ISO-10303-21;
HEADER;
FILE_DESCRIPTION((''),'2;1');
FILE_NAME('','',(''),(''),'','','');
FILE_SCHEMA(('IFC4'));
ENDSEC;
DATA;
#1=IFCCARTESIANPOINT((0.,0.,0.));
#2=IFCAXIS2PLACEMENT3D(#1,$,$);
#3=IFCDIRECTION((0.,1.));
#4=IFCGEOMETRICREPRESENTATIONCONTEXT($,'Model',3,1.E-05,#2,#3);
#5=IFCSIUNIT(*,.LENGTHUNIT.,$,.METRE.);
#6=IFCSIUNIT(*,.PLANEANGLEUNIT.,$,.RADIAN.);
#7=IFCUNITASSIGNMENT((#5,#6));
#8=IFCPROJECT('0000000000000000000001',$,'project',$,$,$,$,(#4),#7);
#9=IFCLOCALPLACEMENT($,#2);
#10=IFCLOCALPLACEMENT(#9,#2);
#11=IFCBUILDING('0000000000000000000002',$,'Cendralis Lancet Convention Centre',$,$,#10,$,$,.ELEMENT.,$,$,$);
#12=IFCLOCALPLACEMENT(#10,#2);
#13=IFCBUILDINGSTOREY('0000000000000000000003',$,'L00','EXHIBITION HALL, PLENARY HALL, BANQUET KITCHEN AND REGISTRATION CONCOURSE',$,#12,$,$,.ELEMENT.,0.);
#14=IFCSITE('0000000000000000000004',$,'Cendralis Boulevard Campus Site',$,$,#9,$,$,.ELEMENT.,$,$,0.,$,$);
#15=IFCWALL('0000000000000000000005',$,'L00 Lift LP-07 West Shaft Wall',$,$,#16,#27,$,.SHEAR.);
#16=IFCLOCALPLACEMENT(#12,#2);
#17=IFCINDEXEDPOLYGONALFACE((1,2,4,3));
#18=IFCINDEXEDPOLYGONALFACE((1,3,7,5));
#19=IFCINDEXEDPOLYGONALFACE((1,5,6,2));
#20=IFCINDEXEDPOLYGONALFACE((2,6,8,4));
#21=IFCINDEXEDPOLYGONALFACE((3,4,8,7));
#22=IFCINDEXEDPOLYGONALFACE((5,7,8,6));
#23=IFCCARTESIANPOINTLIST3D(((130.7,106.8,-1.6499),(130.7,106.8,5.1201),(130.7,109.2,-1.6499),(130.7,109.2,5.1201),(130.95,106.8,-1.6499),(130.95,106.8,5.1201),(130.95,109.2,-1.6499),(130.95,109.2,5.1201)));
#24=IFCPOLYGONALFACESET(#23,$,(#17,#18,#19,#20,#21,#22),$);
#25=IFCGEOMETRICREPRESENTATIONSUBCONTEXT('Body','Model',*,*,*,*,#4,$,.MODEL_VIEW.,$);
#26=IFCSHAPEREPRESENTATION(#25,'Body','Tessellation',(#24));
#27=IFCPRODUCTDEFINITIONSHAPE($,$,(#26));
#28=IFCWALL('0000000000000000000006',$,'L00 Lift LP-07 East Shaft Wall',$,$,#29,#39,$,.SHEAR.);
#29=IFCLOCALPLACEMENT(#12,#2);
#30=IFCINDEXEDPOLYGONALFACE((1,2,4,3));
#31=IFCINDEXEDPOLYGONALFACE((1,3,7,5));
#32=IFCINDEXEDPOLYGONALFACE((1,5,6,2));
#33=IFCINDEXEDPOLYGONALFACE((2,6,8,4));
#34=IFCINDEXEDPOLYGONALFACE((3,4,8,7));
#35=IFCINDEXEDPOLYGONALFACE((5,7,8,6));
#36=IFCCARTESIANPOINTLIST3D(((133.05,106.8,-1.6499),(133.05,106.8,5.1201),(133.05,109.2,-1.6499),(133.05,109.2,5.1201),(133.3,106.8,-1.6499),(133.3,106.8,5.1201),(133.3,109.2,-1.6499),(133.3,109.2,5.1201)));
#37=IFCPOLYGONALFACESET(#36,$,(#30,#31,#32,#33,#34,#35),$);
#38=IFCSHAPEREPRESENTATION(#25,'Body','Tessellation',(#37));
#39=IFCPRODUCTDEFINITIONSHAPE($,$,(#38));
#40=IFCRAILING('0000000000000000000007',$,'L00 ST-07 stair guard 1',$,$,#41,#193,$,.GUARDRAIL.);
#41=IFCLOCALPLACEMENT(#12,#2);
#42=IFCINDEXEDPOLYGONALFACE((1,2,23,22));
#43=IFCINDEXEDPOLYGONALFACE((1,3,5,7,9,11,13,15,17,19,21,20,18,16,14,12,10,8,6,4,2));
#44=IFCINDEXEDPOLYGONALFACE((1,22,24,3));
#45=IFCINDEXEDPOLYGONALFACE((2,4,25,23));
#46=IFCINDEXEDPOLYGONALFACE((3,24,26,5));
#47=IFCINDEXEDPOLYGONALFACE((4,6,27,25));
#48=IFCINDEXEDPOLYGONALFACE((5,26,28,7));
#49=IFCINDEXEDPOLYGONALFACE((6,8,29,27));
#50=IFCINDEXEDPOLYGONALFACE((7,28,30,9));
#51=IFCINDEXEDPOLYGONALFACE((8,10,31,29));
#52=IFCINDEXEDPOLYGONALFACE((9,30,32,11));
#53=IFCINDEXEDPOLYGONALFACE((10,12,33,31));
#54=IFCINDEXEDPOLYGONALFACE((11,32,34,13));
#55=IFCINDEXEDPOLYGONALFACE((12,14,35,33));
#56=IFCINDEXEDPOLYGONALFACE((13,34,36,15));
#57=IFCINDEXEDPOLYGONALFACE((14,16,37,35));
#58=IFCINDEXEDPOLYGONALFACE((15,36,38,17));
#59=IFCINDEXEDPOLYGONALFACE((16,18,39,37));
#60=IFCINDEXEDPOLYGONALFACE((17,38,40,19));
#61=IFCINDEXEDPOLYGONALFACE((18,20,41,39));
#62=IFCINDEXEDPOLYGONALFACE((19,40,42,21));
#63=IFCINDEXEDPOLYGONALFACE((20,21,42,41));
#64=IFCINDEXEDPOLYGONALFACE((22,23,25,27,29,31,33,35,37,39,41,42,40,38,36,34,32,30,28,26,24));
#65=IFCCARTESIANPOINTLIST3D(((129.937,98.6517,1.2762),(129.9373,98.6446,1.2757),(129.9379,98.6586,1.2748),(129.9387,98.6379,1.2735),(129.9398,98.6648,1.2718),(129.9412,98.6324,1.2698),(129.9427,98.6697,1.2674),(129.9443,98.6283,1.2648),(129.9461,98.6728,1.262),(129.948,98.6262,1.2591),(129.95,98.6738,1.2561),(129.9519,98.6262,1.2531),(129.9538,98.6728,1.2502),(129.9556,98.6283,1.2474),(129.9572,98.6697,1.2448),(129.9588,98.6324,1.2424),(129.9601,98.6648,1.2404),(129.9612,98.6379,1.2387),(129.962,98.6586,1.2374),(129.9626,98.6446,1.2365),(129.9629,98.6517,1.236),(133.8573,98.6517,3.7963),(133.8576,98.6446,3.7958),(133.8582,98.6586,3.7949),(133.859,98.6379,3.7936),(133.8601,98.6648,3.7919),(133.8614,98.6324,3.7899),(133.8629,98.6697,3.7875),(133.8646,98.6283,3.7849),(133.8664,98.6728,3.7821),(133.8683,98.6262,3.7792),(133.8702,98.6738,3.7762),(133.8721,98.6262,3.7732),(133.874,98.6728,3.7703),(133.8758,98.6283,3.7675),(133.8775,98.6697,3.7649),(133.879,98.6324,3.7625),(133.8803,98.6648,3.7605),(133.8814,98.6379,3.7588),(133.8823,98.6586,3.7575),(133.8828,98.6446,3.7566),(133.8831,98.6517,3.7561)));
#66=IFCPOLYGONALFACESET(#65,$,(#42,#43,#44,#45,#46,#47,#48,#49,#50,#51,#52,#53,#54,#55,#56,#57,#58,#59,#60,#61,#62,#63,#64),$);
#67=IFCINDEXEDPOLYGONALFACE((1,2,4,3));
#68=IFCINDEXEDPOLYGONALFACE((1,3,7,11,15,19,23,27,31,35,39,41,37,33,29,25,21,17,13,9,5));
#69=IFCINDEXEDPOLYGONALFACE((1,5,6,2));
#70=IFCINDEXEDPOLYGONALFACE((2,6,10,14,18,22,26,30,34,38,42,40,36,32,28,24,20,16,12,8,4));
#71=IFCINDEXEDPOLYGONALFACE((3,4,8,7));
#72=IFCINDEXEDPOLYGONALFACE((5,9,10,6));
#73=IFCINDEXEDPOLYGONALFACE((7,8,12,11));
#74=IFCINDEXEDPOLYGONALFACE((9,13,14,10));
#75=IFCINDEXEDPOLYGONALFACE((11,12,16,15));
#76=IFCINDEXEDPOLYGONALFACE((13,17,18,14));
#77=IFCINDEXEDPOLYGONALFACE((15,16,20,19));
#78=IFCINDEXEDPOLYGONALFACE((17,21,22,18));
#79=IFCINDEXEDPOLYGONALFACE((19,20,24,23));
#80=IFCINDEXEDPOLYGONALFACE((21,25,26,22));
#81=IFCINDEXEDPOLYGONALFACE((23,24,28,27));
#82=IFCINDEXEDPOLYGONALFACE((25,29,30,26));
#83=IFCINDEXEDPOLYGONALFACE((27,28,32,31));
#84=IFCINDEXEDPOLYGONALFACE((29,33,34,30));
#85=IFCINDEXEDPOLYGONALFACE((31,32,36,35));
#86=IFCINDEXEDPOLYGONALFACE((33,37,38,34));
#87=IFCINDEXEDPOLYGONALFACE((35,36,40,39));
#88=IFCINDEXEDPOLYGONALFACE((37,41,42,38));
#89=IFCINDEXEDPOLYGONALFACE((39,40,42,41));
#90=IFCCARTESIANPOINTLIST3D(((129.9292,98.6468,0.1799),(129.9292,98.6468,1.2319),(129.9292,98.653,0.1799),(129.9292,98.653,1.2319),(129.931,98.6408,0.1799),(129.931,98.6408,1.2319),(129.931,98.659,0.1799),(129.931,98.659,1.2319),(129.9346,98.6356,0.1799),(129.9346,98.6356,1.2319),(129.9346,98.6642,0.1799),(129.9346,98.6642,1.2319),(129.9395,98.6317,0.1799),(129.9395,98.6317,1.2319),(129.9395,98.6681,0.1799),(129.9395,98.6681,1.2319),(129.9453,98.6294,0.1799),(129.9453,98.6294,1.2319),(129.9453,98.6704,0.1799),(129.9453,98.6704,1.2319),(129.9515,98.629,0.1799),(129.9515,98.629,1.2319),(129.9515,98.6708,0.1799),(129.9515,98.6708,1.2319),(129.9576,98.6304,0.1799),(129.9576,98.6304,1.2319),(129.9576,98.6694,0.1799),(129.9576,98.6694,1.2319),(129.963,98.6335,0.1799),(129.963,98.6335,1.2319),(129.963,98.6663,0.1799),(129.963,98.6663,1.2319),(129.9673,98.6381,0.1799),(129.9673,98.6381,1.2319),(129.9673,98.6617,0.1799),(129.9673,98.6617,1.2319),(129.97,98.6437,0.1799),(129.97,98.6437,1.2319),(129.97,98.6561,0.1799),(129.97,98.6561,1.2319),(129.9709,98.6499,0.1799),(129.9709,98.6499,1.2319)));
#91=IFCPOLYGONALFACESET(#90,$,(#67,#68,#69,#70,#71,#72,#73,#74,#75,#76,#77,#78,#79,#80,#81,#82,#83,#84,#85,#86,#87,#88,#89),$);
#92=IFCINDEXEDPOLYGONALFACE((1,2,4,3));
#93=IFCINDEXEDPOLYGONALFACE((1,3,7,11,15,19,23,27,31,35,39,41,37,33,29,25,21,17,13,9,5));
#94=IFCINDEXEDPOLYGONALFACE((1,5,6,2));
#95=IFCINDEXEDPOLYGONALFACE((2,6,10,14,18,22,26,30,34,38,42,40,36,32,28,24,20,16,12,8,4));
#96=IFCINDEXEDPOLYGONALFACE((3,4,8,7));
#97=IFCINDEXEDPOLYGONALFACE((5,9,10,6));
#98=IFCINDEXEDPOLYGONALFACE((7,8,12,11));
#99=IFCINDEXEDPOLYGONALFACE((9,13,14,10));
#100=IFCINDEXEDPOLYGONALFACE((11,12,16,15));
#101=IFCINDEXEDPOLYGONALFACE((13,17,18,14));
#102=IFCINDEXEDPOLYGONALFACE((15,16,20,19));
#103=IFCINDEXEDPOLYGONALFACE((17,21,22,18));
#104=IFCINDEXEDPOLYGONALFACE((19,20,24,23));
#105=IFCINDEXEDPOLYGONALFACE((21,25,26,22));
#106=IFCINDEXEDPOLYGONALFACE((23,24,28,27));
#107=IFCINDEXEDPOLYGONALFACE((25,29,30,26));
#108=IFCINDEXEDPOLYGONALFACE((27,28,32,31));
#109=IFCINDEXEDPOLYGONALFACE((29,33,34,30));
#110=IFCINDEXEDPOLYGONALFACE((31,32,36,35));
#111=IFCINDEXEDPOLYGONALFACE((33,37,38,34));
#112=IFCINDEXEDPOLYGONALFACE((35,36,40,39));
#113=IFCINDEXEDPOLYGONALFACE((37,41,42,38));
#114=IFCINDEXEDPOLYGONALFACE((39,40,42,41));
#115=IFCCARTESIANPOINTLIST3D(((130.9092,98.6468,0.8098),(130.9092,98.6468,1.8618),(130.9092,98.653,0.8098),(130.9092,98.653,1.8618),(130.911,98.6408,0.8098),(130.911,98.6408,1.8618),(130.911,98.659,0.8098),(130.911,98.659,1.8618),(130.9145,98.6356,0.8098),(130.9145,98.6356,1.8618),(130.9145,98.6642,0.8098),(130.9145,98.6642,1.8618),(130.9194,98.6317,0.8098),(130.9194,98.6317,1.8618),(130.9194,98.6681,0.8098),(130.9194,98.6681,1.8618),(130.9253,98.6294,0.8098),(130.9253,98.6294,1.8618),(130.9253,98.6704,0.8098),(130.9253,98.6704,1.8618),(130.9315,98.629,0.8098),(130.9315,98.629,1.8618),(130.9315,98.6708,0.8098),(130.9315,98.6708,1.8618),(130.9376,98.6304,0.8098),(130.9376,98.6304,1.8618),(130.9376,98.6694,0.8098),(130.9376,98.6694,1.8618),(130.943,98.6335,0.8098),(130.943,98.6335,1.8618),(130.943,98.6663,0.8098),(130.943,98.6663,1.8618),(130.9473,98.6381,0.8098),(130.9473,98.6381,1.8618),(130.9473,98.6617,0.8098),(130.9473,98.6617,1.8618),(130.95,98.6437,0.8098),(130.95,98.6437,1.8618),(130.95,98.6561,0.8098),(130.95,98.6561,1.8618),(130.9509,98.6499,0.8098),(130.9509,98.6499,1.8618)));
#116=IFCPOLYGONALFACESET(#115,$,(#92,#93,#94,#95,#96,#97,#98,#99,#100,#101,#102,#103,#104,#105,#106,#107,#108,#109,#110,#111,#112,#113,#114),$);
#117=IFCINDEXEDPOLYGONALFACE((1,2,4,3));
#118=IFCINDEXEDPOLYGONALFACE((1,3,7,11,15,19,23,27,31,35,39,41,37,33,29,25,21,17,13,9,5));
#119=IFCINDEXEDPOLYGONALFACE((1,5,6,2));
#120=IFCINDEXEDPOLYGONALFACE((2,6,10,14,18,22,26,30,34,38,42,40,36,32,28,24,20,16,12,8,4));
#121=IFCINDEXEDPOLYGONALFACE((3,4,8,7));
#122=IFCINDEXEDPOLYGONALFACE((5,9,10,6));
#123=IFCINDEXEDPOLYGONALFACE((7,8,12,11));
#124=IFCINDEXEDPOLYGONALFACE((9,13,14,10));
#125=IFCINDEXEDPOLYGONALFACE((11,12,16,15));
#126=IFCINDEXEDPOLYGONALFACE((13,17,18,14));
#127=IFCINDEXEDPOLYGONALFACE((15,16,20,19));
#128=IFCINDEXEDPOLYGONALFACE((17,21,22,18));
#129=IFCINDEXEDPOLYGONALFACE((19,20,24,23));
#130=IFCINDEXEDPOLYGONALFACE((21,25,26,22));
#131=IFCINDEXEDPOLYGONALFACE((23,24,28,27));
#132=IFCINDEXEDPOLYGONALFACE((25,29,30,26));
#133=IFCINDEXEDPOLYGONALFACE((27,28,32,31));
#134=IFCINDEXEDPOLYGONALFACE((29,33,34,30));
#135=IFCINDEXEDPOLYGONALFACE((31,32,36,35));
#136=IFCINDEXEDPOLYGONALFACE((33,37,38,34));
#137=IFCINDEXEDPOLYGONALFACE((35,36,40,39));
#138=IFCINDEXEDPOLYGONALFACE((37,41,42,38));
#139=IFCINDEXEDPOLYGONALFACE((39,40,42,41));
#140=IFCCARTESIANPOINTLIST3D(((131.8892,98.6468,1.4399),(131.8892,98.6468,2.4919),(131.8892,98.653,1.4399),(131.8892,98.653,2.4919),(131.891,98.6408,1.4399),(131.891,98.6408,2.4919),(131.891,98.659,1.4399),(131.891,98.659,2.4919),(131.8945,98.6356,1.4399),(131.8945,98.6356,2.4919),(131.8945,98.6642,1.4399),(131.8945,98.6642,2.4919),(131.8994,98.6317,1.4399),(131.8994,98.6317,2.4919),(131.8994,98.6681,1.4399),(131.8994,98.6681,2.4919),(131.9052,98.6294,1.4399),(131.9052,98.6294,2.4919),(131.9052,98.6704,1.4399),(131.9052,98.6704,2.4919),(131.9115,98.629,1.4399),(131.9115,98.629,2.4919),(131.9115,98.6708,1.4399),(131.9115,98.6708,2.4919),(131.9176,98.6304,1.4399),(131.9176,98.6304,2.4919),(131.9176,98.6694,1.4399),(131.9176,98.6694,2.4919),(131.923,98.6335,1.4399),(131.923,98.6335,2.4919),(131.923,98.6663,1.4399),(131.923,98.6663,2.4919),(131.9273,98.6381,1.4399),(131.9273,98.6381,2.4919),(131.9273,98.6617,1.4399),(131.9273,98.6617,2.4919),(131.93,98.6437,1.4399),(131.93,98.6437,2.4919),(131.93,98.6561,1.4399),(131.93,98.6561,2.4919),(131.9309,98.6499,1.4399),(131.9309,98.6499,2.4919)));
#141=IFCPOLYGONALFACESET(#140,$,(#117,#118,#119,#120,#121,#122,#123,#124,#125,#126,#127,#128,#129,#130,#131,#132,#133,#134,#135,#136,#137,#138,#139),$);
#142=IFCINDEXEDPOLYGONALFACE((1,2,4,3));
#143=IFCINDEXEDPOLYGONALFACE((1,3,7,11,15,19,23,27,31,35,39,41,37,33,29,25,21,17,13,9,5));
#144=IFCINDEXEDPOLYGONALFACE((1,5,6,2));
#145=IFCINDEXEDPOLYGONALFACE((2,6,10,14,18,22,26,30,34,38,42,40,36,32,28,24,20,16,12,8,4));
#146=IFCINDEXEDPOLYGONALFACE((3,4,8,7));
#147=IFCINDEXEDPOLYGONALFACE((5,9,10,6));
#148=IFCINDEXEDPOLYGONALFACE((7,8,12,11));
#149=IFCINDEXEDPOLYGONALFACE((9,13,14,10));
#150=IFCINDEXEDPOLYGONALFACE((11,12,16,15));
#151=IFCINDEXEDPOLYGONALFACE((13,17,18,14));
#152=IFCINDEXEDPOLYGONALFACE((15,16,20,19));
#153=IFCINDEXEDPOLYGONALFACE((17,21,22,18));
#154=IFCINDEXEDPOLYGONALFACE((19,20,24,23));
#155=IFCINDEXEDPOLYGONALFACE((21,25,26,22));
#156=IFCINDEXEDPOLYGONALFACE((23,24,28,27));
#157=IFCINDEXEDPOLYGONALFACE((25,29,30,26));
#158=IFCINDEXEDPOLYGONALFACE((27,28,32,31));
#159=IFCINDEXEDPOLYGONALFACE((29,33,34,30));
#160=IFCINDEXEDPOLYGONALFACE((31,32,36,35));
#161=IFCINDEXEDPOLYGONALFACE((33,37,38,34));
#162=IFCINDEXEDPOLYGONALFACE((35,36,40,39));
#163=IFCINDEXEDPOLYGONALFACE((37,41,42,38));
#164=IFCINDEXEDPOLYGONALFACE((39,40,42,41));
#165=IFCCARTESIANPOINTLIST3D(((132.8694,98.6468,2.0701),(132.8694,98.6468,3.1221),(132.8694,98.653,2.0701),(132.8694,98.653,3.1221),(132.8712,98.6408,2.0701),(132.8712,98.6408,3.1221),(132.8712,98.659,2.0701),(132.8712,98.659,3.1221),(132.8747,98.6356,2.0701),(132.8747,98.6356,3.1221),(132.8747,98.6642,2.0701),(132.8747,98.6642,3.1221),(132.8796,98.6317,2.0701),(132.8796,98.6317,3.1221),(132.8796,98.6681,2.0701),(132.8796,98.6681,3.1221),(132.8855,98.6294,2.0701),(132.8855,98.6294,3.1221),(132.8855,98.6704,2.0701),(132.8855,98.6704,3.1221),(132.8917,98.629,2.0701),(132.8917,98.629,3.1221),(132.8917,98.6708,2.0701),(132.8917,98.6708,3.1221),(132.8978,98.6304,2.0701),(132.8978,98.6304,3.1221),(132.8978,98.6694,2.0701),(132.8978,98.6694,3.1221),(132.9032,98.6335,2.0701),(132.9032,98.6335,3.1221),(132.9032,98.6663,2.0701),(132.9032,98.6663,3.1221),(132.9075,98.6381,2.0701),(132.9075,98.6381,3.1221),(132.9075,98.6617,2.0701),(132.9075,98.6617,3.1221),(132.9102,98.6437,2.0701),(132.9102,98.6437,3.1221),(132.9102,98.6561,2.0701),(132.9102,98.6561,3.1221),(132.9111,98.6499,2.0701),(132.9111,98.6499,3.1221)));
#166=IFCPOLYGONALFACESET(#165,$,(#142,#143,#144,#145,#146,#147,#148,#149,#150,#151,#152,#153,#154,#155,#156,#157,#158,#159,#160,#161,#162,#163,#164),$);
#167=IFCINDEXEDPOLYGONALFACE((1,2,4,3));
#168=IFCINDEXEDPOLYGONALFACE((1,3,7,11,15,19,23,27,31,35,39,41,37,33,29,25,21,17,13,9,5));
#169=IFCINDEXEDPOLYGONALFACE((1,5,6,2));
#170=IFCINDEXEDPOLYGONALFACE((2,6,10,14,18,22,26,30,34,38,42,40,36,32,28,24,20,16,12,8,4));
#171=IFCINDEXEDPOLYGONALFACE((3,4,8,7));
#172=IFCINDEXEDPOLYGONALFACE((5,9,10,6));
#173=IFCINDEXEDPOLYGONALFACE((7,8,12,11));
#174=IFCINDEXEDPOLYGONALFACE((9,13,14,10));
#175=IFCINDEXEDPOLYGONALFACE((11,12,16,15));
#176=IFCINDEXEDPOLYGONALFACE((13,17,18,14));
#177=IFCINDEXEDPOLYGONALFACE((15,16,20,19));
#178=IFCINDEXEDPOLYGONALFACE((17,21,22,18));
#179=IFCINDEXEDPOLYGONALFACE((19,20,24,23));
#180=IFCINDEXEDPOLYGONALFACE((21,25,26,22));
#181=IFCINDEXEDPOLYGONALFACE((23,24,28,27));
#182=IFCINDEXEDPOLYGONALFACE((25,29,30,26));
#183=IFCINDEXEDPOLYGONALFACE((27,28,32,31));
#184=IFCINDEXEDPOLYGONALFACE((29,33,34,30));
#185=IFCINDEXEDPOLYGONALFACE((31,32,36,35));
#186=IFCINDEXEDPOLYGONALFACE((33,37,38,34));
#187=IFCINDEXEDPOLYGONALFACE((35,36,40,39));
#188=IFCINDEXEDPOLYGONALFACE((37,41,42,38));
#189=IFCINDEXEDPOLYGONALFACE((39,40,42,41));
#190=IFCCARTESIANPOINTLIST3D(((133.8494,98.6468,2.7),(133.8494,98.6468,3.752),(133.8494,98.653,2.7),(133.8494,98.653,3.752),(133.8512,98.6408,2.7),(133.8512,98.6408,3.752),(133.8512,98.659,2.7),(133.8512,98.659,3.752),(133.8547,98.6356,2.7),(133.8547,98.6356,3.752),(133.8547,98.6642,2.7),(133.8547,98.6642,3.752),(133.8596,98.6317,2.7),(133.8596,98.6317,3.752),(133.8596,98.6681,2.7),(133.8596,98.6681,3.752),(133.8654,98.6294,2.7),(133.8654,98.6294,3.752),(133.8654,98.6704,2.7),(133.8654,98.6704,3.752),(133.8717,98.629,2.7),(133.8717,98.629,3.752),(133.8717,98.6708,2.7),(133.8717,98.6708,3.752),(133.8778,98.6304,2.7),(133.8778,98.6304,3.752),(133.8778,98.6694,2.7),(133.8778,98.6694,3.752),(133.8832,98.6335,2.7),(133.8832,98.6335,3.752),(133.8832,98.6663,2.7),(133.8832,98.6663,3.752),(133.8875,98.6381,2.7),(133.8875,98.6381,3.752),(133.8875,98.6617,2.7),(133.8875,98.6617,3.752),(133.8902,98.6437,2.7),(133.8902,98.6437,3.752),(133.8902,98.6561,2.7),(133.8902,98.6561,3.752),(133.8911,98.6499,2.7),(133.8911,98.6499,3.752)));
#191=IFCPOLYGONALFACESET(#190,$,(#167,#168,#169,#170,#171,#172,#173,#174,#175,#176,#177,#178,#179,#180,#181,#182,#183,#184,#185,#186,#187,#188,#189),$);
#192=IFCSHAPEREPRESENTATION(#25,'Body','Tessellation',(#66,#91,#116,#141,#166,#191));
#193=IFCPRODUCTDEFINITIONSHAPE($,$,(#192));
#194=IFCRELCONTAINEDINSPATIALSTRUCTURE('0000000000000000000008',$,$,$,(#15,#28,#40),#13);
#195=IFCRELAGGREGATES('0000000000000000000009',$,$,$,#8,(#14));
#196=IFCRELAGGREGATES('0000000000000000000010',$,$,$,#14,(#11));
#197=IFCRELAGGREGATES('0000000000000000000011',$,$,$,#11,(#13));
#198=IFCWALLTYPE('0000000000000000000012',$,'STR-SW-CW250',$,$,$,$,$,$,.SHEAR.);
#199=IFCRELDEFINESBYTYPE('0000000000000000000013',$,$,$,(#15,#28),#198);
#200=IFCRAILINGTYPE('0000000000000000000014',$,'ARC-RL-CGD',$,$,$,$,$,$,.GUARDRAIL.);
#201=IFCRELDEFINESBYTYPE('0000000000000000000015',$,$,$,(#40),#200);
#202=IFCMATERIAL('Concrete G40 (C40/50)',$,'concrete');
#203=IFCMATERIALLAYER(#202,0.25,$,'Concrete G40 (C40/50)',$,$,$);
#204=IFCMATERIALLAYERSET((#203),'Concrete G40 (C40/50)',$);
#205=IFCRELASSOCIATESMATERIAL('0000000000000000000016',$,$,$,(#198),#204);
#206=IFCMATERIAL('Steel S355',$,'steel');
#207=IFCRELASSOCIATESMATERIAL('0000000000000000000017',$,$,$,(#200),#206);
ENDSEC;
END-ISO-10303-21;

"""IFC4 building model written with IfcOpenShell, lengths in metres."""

from ifc_helpers import new_model, si_unit, direction, frame, frame_2d, origin, origin_2d, place, context, subcontext, project, spatial, rectangle, circle, extrude, material, layer, layer_set, type_object, element, save


model = new_model("IFC4")

# Units and contexts
model_context = context("Model", 3, precision=1e-05, world=origin(), true_north=direction((0.0, 1.0)))
body_context = subcontext(model_context, "Body", "Model", "MODEL_VIEW")
ifc_project = project(units=[si_unit("LENGTHUNIT", "METRE"), si_unit("PLANEANGLEUNIT", "RADIAN")], contexts=[model_context])

# Site, building, storey
site_placement = place(None, origin())
site = spatial("IfcSite", under=ifc_project, at=site_placement, Name="Cendralis Boulevard Campus Site", CompositionType="ELEMENT", RefElevation=0.0)
building_placement = place(site_placement, origin())
building = spatial("IfcBuilding", under=site, at=building_placement, Name="Cendralis Lancet Convention Centre", CompositionType="ELEMENT")
storey_placement = place(building_placement, origin())
storey = spatial("IfcBuildingStorey", under=building, at=storey_placement, Name="L00", Description="EXHIBITION HALL, PLENARY HALL, BANQUET KITCHEN AND REGISTRATION CONCOURSE", CompositionType="ELEMENT", Elevation=0.0)

# Shared definitions
ifc_material_1 = material(Name="Steel S355", Category="steel")

# Shared definitions
ifc_material_2 = material(Name="Concrete G40 (C40/50)", Category="concrete")
ifc_layer_1 = layer(ifc_material_2, 0.25, Name="Concrete G40 (C40/50)")
ifc_layer_set_1 = layer_set([ifc_layer_1], Name="Concrete G40 (C40/50)")
wall_type_1 = type_object("IfcWallType", Name="STR-SW-CW250", PredefinedType="SHEAR", material=ifc_layer_set_1)

# Walls
for number, where, z_axis, x_axis, name in (
    (1, (130.825, 106.8, -1.6499), (0.0, 0.0, 1.0), (0.0, 1.0, 0.0), "L00 Lift LP-07 West Shaft Wall"),
    (2, (133.175, 106.8, -1.6499), (0.0, 0.0, 1.0), (0.0, 1.0, 0.0), "L00 Lift LP-07 East Shaft Wall"),
):
    element("IfcWall", number, at=place(storey_placement, frame(where, z_axis=z_axis, x_axis=x_axis)), inside=storey, type_object=wall_type_1, Name=name, PredefinedType="SHEAR", context=body_context, shape_type="SweptSolid", body=[
        extrude(rectangle(XDim=2.3999, YDim=0.25, at=frame_2d((1.2, 0.0))), origin(), (0.0, 0.0, 1.0), 6.77),
    ])

# Railing
railing_type_1 = type_object("IfcRailingType", Name="ARC-RL-CGD", PredefinedType="GUARDRAIL", material=ifc_material_1)
railing_1_placement = place(storey_placement, frame((129.95, 98.6499, 0.1799)))
element("IfcRailing", 3, at=railing_1_placement, inside=storey, type_object=railing_type_1, Name="L00 ST-07 stair guard 1", PredefinedType="GUARDRAIL", context=body_context, shape_type="SweptSolid", body=[
    extrude(circle(Radius=0.0239, at=origin_2d()), frame((0.0, 0.0, 1.0762), z_axis=(0.841187, 0.0, 0.540744), x_axis=(0.0, 1.0, 0.0)), (0.0, 0.0, 1.0), 4.6604),
    extrude(circle(Radius=0.021, at=origin_2d()), origin(), (0.0, 0.0, 1.0), 1.052),
    extrude(circle(Radius=0.021, at=origin_2d()), frame((0.98, 0.0, 0.6299)), (0.0, 0.0, 1.0), 1.052),
    extrude(circle(Radius=0.021, at=origin_2d()), frame((1.96, 0.0, 1.26)), (0.0, 0.0, 1.0), 1.052),
    extrude(circle(Radius=0.021, at=origin_2d()), frame((2.9402, 0.0, 1.8901)), (0.0, 0.0, 1.0), 1.052),
    extrude(circle(Radius=0.021, at=origin_2d()), frame((3.9202, 0.0, 2.52)), (0.0, 0.0, 1.0), 1.052),
])

save(model, "model.ifc")
